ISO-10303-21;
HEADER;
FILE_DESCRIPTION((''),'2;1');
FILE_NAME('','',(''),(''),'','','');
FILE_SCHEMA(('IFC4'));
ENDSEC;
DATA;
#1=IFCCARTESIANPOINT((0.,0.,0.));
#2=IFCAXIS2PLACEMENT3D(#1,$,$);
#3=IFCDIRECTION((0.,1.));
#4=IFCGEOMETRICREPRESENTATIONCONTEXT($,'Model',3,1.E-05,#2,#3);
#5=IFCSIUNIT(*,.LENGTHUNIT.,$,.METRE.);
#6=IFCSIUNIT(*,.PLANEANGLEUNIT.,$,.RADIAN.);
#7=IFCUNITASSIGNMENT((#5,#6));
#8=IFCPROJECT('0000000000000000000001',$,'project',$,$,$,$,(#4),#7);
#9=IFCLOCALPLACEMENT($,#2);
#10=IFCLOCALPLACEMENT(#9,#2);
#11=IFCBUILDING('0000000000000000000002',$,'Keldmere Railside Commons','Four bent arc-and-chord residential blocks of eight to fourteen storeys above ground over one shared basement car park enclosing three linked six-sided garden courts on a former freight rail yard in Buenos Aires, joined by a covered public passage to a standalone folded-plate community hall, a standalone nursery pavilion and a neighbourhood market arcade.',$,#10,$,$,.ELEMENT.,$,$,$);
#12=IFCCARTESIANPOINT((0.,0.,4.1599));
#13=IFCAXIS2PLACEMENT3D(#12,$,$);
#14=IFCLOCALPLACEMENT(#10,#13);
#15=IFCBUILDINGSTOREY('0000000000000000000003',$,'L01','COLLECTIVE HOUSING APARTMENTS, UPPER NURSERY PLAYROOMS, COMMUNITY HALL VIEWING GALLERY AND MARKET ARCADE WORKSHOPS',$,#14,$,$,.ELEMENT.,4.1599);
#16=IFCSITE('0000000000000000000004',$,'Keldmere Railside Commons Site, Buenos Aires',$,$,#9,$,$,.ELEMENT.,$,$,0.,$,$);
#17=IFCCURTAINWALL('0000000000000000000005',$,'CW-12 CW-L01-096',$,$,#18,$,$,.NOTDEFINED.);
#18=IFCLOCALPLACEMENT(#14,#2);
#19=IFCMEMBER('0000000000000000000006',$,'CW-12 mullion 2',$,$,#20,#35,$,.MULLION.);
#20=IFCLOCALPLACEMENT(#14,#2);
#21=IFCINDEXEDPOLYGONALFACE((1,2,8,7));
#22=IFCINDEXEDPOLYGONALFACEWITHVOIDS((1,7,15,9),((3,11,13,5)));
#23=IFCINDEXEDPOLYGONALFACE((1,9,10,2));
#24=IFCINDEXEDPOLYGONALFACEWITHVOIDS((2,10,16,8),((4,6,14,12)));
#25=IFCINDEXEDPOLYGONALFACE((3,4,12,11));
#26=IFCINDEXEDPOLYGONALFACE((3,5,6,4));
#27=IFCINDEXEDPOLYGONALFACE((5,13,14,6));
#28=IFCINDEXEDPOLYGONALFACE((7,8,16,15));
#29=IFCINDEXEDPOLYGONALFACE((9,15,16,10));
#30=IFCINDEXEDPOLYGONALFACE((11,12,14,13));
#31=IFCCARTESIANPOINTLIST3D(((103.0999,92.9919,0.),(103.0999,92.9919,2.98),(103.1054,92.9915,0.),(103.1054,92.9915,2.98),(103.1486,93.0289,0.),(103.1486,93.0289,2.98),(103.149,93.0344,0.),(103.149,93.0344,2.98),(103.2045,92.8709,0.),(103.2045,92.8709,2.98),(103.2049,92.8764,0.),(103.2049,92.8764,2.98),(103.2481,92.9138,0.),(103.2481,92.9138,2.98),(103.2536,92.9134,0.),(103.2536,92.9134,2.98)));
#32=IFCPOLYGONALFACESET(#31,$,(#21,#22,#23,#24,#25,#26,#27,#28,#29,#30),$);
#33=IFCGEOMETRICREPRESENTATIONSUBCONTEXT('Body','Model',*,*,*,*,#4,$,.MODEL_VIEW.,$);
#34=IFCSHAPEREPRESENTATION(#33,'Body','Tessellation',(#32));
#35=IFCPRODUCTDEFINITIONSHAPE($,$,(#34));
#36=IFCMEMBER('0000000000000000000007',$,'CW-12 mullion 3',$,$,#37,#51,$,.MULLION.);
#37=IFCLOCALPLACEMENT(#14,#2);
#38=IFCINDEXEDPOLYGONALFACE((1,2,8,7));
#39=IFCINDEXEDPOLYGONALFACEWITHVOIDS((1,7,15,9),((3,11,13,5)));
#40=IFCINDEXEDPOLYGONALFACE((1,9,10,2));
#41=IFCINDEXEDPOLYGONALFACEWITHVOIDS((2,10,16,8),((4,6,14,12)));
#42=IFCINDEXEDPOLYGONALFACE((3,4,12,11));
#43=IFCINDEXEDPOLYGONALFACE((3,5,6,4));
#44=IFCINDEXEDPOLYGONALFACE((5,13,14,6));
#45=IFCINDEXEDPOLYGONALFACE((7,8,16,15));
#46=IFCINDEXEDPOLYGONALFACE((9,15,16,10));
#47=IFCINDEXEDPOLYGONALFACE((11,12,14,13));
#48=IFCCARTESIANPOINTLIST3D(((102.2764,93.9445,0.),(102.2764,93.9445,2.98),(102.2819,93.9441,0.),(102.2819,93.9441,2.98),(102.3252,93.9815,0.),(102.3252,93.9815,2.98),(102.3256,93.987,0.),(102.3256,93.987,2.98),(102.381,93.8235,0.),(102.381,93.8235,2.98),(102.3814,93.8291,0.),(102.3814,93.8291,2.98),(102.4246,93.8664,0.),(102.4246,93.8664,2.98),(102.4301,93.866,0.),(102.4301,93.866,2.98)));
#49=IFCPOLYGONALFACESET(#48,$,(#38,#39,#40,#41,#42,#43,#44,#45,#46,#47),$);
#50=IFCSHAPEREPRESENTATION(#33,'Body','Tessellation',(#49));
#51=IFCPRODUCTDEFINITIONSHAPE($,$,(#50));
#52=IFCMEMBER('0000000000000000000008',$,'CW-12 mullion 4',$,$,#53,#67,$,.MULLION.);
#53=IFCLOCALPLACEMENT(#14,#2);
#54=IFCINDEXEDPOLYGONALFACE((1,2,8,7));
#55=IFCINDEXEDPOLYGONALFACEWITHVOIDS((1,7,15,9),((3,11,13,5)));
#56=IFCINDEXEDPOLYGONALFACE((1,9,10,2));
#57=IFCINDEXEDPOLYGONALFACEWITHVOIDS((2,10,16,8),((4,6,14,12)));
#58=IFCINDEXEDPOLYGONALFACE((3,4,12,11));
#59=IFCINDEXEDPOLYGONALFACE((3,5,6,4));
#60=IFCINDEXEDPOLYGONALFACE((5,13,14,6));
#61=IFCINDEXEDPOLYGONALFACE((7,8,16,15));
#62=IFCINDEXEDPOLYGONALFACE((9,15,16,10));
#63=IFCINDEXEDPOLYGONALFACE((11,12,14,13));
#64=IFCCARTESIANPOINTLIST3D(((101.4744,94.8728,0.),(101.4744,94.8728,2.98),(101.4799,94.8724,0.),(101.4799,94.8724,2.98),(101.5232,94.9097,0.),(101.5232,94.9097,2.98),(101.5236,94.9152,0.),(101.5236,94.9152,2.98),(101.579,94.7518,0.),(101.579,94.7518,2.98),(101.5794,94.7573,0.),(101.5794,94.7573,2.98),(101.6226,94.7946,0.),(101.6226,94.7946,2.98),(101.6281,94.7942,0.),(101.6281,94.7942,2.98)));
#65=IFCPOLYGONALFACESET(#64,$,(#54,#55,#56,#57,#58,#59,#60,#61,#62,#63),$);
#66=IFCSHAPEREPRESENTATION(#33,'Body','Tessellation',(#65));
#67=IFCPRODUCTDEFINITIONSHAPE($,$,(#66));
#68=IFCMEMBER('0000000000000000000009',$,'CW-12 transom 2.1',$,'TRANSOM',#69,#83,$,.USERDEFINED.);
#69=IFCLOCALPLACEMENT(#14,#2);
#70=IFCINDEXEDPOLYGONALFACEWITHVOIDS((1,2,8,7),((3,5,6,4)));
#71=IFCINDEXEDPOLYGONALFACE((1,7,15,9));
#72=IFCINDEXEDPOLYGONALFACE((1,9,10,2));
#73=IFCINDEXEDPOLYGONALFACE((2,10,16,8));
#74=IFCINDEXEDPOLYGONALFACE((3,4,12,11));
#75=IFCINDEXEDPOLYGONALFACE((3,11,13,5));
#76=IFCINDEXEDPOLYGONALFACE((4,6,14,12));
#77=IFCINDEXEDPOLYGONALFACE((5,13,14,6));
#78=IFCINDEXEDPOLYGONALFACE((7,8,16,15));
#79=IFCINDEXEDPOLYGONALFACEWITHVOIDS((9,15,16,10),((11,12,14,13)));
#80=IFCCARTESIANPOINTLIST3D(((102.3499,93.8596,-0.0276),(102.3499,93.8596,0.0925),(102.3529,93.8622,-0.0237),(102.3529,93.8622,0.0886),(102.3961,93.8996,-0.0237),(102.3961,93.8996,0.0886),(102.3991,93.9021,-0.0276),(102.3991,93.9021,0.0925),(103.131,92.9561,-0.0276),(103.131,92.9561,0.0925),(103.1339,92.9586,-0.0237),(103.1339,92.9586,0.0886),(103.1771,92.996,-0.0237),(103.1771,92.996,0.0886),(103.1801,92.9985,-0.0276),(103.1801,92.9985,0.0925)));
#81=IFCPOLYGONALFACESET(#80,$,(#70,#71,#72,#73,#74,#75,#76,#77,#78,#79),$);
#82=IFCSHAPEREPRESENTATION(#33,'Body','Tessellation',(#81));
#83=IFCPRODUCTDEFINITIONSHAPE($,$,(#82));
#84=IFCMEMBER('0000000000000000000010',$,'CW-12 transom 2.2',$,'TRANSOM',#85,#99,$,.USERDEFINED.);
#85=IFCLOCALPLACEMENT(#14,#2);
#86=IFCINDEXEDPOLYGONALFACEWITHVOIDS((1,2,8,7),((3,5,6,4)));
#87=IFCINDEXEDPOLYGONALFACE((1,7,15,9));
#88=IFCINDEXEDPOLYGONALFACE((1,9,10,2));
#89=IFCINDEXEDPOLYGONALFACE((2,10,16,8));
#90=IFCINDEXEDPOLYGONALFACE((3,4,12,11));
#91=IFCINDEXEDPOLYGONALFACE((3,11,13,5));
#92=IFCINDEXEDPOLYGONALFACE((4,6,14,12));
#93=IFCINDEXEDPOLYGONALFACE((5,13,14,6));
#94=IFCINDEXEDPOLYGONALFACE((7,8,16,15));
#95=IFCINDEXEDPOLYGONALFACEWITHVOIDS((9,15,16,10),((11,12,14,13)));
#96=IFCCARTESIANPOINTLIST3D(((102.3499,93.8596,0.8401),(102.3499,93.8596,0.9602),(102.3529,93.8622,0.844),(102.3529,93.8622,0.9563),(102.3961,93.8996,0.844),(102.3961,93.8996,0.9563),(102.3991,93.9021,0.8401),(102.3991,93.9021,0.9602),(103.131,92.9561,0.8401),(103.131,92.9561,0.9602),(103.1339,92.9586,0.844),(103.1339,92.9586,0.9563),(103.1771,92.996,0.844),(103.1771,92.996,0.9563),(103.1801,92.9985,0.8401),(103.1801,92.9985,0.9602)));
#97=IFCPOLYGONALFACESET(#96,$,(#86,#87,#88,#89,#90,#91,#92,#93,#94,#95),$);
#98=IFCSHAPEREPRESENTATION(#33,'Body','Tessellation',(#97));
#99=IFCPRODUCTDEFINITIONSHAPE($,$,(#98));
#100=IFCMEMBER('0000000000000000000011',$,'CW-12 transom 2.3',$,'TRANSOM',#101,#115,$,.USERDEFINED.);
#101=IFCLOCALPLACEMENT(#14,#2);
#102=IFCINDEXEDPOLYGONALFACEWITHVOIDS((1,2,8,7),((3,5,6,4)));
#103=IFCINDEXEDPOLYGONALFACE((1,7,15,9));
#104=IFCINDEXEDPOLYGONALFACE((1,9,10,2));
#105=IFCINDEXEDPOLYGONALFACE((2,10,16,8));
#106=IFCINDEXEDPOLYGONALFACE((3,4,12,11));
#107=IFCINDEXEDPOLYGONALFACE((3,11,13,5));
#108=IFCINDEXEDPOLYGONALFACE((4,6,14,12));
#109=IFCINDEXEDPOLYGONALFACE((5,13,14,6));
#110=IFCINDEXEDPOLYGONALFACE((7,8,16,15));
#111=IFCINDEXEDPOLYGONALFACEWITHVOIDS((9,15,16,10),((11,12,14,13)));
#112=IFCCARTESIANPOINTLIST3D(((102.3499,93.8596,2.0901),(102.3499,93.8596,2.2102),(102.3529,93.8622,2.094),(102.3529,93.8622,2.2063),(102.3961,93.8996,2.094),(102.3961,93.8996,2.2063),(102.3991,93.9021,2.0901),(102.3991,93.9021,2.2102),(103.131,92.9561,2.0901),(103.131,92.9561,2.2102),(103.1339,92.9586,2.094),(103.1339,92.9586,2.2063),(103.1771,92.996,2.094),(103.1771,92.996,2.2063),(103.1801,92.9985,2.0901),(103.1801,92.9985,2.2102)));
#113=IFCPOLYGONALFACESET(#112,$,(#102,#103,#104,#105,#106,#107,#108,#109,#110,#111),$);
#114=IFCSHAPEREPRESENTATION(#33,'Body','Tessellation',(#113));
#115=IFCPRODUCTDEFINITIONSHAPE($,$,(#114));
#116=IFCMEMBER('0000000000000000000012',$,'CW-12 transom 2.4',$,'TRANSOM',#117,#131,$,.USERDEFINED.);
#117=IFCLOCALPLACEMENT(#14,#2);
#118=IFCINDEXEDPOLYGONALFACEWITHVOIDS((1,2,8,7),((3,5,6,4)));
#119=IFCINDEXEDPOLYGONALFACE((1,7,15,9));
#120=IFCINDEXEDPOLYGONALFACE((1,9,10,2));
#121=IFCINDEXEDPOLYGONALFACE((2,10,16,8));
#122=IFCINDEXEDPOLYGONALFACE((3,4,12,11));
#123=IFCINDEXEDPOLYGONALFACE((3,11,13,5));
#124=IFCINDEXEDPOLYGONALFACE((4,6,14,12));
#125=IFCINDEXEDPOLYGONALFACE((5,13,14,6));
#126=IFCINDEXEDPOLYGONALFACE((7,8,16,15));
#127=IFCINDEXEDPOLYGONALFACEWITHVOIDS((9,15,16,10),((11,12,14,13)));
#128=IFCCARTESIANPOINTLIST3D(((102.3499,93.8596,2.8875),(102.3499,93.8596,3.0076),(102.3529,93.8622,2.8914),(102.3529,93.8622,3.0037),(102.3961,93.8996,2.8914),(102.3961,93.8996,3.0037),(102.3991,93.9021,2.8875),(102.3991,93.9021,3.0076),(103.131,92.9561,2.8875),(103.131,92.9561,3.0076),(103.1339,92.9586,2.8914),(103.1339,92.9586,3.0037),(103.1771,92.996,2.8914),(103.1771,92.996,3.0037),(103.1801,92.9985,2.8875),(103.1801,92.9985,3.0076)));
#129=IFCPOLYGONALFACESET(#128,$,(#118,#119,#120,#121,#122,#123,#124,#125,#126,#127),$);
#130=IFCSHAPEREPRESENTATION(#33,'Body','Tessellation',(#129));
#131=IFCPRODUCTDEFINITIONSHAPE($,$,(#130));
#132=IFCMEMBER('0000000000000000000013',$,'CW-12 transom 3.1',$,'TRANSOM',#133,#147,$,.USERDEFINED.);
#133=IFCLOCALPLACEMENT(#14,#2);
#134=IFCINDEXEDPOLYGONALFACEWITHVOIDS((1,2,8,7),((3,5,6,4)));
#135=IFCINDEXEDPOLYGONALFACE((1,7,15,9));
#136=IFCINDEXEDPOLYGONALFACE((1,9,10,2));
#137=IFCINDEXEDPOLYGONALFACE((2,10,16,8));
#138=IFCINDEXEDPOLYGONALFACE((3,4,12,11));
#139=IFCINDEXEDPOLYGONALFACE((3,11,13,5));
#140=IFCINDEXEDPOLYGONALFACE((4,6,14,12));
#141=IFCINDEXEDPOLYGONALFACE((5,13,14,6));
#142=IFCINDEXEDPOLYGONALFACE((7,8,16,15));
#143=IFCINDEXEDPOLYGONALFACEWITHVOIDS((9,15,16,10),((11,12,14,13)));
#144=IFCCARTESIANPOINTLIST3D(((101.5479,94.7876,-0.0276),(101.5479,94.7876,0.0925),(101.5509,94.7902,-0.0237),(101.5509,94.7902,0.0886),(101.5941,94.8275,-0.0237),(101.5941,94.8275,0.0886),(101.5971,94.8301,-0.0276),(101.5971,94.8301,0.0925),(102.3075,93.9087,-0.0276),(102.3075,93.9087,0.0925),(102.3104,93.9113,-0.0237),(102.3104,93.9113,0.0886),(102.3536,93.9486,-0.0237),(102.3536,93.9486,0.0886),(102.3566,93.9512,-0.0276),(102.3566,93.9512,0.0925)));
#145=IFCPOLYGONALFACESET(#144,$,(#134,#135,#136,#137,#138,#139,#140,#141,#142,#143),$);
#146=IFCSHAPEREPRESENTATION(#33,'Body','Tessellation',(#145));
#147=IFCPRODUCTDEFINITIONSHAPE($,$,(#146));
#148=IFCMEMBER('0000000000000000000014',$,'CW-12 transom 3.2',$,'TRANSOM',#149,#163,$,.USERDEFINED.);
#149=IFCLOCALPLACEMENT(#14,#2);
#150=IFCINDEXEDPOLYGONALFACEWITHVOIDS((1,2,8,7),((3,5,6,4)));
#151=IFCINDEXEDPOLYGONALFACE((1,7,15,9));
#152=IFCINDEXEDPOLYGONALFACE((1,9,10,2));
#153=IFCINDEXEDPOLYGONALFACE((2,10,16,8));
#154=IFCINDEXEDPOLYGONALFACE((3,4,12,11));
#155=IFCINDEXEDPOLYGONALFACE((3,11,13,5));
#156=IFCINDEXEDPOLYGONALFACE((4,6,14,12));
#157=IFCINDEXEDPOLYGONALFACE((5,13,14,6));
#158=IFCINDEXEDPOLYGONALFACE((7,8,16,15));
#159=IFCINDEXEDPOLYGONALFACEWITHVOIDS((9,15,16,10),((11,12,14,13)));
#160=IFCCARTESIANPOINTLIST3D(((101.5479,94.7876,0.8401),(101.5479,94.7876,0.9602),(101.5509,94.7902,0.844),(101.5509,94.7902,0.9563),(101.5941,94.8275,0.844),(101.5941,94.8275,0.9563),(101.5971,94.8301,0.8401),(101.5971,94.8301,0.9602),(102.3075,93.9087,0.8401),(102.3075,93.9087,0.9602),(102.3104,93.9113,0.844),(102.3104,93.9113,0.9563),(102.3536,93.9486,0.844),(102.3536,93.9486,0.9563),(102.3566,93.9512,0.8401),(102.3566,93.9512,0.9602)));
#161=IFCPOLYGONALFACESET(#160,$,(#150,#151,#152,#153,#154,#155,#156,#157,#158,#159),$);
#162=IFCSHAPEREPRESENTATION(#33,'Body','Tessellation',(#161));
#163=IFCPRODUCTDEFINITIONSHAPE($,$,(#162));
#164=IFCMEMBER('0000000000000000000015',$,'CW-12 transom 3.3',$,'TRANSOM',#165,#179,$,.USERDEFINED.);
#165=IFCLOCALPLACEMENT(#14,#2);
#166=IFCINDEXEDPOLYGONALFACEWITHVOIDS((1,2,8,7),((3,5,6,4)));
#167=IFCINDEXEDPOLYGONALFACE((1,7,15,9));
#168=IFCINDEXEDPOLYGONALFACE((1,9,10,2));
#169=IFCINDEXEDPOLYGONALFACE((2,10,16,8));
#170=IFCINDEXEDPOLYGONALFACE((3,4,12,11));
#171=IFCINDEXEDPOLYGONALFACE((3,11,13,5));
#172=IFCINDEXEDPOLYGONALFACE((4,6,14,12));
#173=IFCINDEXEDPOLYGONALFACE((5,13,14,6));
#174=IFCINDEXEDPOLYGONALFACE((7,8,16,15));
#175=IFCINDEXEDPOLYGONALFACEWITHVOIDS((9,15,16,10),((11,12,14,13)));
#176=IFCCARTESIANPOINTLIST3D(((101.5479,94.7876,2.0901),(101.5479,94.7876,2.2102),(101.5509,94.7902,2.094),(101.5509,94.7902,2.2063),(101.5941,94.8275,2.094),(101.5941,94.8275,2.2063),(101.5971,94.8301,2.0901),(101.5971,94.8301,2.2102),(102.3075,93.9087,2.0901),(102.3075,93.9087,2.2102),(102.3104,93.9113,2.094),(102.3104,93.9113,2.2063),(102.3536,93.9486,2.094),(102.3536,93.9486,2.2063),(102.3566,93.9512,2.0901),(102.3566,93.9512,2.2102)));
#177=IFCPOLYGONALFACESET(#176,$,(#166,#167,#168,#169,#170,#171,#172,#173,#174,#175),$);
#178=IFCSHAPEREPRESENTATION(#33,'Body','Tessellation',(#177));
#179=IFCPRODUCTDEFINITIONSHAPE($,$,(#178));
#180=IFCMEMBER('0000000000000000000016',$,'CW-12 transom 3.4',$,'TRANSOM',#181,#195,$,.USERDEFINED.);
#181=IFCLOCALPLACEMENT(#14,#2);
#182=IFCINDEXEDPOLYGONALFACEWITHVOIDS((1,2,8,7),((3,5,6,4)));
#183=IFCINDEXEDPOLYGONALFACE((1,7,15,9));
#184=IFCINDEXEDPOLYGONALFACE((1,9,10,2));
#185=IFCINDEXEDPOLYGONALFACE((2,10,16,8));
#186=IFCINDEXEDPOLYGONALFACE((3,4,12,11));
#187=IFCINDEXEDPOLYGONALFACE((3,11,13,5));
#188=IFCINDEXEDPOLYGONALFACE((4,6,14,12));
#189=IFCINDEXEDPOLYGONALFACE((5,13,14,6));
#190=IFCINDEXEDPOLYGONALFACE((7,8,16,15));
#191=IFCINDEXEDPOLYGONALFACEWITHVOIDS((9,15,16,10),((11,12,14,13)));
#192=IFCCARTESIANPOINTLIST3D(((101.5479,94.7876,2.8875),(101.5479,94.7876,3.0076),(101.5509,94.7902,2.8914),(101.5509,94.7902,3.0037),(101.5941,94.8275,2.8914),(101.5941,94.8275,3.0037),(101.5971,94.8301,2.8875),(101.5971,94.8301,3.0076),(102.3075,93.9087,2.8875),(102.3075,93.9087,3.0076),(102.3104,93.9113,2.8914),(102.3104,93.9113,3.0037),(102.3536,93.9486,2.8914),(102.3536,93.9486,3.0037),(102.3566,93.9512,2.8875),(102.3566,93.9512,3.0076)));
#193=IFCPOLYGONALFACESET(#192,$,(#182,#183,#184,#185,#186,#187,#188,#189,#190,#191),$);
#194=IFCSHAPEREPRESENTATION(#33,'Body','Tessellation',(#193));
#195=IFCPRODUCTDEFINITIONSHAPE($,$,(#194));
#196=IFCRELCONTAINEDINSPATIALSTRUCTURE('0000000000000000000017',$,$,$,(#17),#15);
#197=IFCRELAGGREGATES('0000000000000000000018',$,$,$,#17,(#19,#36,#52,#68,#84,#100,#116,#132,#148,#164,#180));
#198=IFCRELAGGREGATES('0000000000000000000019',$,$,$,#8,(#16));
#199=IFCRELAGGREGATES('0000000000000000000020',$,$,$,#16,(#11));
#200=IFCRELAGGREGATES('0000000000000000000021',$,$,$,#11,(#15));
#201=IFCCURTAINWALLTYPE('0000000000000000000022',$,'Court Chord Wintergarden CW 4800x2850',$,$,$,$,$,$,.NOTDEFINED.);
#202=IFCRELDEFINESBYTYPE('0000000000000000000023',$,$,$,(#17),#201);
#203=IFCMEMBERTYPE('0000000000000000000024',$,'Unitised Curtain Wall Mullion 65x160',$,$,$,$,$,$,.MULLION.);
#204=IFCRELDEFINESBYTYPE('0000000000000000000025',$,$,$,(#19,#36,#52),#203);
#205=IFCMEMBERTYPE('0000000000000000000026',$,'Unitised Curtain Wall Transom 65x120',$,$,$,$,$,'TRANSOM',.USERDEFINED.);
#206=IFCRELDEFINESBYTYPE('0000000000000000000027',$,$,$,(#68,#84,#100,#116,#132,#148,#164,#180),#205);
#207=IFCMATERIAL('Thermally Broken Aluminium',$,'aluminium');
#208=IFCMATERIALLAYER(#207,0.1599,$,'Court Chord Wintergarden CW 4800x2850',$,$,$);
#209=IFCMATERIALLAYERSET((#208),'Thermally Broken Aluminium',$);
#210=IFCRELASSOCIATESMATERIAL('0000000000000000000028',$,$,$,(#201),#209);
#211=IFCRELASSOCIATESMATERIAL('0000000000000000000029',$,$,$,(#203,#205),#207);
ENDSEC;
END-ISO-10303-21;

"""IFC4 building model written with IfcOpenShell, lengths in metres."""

from ifc_helpers import new_model, si_unit, direction, frame, origin, origin_2d, place, context, subcontext, project, spatial, hollow_rectangle, extrude, material, layer, layer_set, material_profile, profile_set, type_object, element, aggregate, save


model = new_model("IFC4")

# Units and contexts
model_context = context("Model", 3, precision=1e-05, world=origin(), true_north=direction((0.0, 1.0)))
body_context = subcontext(model_context, "Body", "Model", "MODEL_VIEW")
ifc_project = project(units=[si_unit("LENGTHUNIT", "METRE"), si_unit("PLANEANGLEUNIT", "RADIAN")], contexts=[model_context])

# Site, building, storey
site_placement = place(None, origin())
site = spatial("IfcSite", under=ifc_project, at=site_placement, Name="Keldmere Railside Commons Site, Buenos Aires", CompositionType="ELEMENT", RefElevation=0.0)
building_placement = place(site_placement, origin())
building = spatial("IfcBuilding", under=site, at=building_placement, Name="Keldmere Railside Commons", Description="Four bent arc-and-chord residential blocks of eight to fourteen storeys above ground over one shared basement car park enclosing three linked six-sided garden courts on a former freight rail yard in Buenos Aires, joined by a covered public passage to a standalone folded-plate community hall, a standalone nursery pavilion and a neighbourhood market arcade.", CompositionType="ELEMENT")
storey_placement = place(building_placement, frame((0.0, 0.0, 4.1599)))
storey = spatial("IfcBuildingStorey", under=building, at=storey_placement, Name="L01", Description="COLLECTIVE HOUSING APARTMENTS, UPPER NURSERY PLAYROOMS, COMMUNITY HALL VIEWING GALLERY AND MARKET ARCADE WORKSHOPS", CompositionType="ELEMENT", Elevation=4.1599)

# Curtain wall, members
ifc_material_1 = material(Name="Thermally Broken Aluminium", Category="aluminium")
ifc_layer_1 = layer(ifc_material_1, 0.1599, Name="Court Chord Wintergarden CW 4800x2850")
ifc_layer_set_1 = layer_set([ifc_layer_1], Name="Thermally Broken Aluminium")
curtain_wall_type = type_object("IfcCurtainWallType", Name="Court Chord Wintergarden CW 4800x2850", PredefinedType="NOTDEFINED", material=ifc_layer_set_1)
curtain_wall_placement = place(storey_placement, origin())
curtain_wall = element("IfcCurtainWall", 1, at=curtain_wall_placement, inside=storey, type_object=curtain_wall_type, Name="CW-12 CW-L01-096", PredefinedType="NOTDEFINED")
ifc_material_profile_1 = material_profile(ifc_material_1, hollow_rectangle(XDim=0.0649, YDim=0.1599, WallThickness=0.0039, at=origin_2d()), Name="ALU-MULL-65x160")
ifc_profile_set_1 = profile_set([ifc_material_profile_1], Name="Thermally Broken Aluminium")
member_type_1 = type_object("IfcMemberType", Name="Unitised Curtain Wall Mullion 65x160", PredefinedType="MULLION", material=ifc_profile_set_1)
member_1_placement = place(storey_placement, frame((103.1768, 92.9526, 0.0), z_axis=(0.0, 0.0, 1.0), x_axis=(-0.756597, -0.653882, 0.0)))
member_1 = element("IfcMember", 2, at=member_1_placement, type_object=member_type_1, Name="CW-12 mullion 2", PredefinedType="MULLION", context=body_context, shape_type="SweptSolid", body=[
    extrude(hollow_rectangle(XDim=0.0649, YDim=0.1599, WallThickness=0.0039, at=origin_2d()), origin(), (0.0, 0.0, 1.0), 2.98),
])
member_2_placement = place(storey_placement, frame((102.3533, 93.9053, 0.0), z_axis=(0.0, 0.0, 1.0), x_axis=(-0.756597, -0.653882, 0.0)))
member_2 = element("IfcMember", 3, at=member_2_placement, type_object=member_type_1, Name="CW-12 mullion 3", PredefinedType="MULLION", context=body_context, shape_type="SweptSolid", body=[
    extrude(hollow_rectangle(XDim=0.0649, YDim=0.1599, WallThickness=0.0039, at=origin_2d()), origin(), (0.0, 0.0, 1.0), 2.98),
])
member_3_placement = place(storey_placement, frame((101.5513, 94.8335, 0.0), z_axis=(0.0, 0.0, 1.0), x_axis=(-0.756597, -0.653882, 0.0)))
member_3 = element("IfcMember", 4, at=member_3_placement, type_object=member_type_1, Name="CW-12 mullion 4", PredefinedType="MULLION", context=body_context, shape_type="SweptSolid", body=[
    extrude(hollow_rectangle(XDim=0.0649, YDim=0.1599, WallThickness=0.0039, at=origin_2d()), origin(), (0.0, 0.0, 1.0), 2.98),
])
ifc_material_profile_2 = material_profile(ifc_material_1, hollow_rectangle(XDim=0.0649, YDim=0.1201, WallThickness=0.0039, at=origin_2d()), Name="ALU-TRAN-65x120")
ifc_profile_set_2 = profile_set([ifc_material_profile_2], Name="Thermally Broken Aluminium")
member_type_2 = type_object("IfcMemberType", Name="Unitised Curtain Wall Transom 65x120", ElementType="TRANSOM", PredefinedType="USERDEFINED", material=ifc_profile_set_2)
member_4_placement = place(storey_placement, frame((103.1555, 92.9773, 0.0325), z_axis=(-0.653934, 0.756552, 0.0), x_axis=(-0.756552, -0.653934, 0.0)))
member_4 = element("IfcMember", 5, at=member_4_placement, type_object=member_type_2, Name="CW-12 transom 2.1", ObjectType="TRANSOM", PredefinedType="USERDEFINED", context=body_context, shape_type="SweptSolid", body=[
    extrude(hollow_rectangle(XDim=0.0649, YDim=0.1201, WallThickness=0.0039, at=origin_2d()), origin(), (0.0, 0.0, 1.0), 1.1943),
])
member_5_placement = place(storey_placement, frame((103.1555, 92.9773, 0.9001), z_axis=(-0.653934, 0.756552, 0.0), x_axis=(-0.756552, -0.653934, 0.0)))
member_5 = element("IfcMember", 6, at=member_5_placement, type_object=member_type_2, Name="CW-12 transom 2.2", ObjectType="TRANSOM", PredefinedType="USERDEFINED", context=body_context, shape_type="SweptSolid", body=[
    extrude(hollow_rectangle(XDim=0.0649, YDim=0.1201, WallThickness=0.0039, at=origin_2d()), origin(), (0.0, 0.0, 1.0), 1.1943),
])
member_6_placement = place(storey_placement, frame((103.1555, 92.9773, 2.1501), z_axis=(-0.653934, 0.756552, 0.0), x_axis=(-0.756552, -0.653934, 0.0)))
member_6 = element("IfcMember", 7, at=member_6_placement, type_object=member_type_2, Name="CW-12 transom 2.3", ObjectType="TRANSOM", PredefinedType="USERDEFINED", context=body_context, shape_type="SweptSolid", body=[
    extrude(hollow_rectangle(XDim=0.0649, YDim=0.1201, WallThickness=0.0039, at=origin_2d()), origin(), (0.0, 0.0, 1.0), 1.1943),
])
member_7_placement = place(storey_placement, frame((103.1555, 92.9773, 2.9475), z_axis=(-0.653934, 0.756552, 0.0), x_axis=(-0.756552, -0.653934, 0.0)))
member_7 = element("IfcMember", 8, at=member_7_placement, type_object=member_type_2, Name="CW-12 transom 2.4", ObjectType="TRANSOM", PredefinedType="USERDEFINED", context=body_context, shape_type="SweptSolid", body=[
    extrude(hollow_rectangle(XDim=0.0649, YDim=0.1201, WallThickness=0.0039, at=origin_2d()), origin(), (0.0, 0.0, 1.0), 1.1943),
])
member_8_placement = place(storey_placement, frame((102.332, 93.9299, 0.0325), z_axis=(-0.65385, 0.756624, 0.0), x_axis=(-0.756624, -0.65385, 0.0)))
member_8 = element("IfcMember", 9, at=member_8_placement, type_object=member_type_2, Name="CW-12 transom 3.1", ObjectType="TRANSOM", PredefinedType="USERDEFINED", context=body_context, shape_type="SweptSolid", body=[
    extrude(hollow_rectangle(XDim=0.0649, YDim=0.1201, WallThickness=0.0039, at=origin_2d()), origin(), (0.0, 0.0, 1.0), 1.1616),
])
member_9_placement = place(storey_placement, frame((102.332, 93.9299, 0.9001), z_axis=(-0.65385, 0.756624, 0.0), x_axis=(-0.756624, -0.65385, 0.0)))
member_9 = element("IfcMember", 10, at=member_9_placement, type_object=member_type_2, Name="CW-12 transom 3.2", ObjectType="TRANSOM", PredefinedType="USERDEFINED", context=body_context, shape_type="SweptSolid", body=[
    extrude(hollow_rectangle(XDim=0.0649, YDim=0.1201, WallThickness=0.0039, at=origin_2d()), origin(), (0.0, 0.0, 1.0), 1.1616),
])
member_10_placement = place(storey_placement, frame((102.332, 93.9299, 2.1501), z_axis=(-0.65385, 0.756624, 0.0), x_axis=(-0.756624, -0.65385, 0.0)))
member_10 = element("IfcMember", 11, at=member_10_placement, type_object=member_type_2, Name="CW-12 transom 3.3", ObjectType="TRANSOM", PredefinedType="USERDEFINED", context=body_context, shape_type="SweptSolid", body=[
    extrude(hollow_rectangle(XDim=0.0649, YDim=0.1201, WallThickness=0.0039, at=origin_2d()), origin(), (0.0, 0.0, 1.0), 1.1616),
])
member_11_placement = place(storey_placement, frame((102.332, 93.9299, 2.9475), z_axis=(-0.65385, 0.756624, 0.0), x_axis=(-0.756624, -0.65385, 0.0)))
member_11 = element("IfcMember", 12, at=member_11_placement, type_object=member_type_2, Name="CW-12 transom 3.4", ObjectType="TRANSOM", PredefinedType="USERDEFINED", context=body_context, shape_type="SweptSolid", body=[
    extrude(hollow_rectangle(XDim=0.0649, YDim=0.1201, WallThickness=0.0039, at=origin_2d()), origin(), (0.0, 0.0, 1.0), 1.1616),
])
aggregate(curtain_wall, [member_1, member_2, member_3, member_4, member_5, member_6, member_7, member_8, member_9, member_10, member_11])

save(model, "model.ifc")
